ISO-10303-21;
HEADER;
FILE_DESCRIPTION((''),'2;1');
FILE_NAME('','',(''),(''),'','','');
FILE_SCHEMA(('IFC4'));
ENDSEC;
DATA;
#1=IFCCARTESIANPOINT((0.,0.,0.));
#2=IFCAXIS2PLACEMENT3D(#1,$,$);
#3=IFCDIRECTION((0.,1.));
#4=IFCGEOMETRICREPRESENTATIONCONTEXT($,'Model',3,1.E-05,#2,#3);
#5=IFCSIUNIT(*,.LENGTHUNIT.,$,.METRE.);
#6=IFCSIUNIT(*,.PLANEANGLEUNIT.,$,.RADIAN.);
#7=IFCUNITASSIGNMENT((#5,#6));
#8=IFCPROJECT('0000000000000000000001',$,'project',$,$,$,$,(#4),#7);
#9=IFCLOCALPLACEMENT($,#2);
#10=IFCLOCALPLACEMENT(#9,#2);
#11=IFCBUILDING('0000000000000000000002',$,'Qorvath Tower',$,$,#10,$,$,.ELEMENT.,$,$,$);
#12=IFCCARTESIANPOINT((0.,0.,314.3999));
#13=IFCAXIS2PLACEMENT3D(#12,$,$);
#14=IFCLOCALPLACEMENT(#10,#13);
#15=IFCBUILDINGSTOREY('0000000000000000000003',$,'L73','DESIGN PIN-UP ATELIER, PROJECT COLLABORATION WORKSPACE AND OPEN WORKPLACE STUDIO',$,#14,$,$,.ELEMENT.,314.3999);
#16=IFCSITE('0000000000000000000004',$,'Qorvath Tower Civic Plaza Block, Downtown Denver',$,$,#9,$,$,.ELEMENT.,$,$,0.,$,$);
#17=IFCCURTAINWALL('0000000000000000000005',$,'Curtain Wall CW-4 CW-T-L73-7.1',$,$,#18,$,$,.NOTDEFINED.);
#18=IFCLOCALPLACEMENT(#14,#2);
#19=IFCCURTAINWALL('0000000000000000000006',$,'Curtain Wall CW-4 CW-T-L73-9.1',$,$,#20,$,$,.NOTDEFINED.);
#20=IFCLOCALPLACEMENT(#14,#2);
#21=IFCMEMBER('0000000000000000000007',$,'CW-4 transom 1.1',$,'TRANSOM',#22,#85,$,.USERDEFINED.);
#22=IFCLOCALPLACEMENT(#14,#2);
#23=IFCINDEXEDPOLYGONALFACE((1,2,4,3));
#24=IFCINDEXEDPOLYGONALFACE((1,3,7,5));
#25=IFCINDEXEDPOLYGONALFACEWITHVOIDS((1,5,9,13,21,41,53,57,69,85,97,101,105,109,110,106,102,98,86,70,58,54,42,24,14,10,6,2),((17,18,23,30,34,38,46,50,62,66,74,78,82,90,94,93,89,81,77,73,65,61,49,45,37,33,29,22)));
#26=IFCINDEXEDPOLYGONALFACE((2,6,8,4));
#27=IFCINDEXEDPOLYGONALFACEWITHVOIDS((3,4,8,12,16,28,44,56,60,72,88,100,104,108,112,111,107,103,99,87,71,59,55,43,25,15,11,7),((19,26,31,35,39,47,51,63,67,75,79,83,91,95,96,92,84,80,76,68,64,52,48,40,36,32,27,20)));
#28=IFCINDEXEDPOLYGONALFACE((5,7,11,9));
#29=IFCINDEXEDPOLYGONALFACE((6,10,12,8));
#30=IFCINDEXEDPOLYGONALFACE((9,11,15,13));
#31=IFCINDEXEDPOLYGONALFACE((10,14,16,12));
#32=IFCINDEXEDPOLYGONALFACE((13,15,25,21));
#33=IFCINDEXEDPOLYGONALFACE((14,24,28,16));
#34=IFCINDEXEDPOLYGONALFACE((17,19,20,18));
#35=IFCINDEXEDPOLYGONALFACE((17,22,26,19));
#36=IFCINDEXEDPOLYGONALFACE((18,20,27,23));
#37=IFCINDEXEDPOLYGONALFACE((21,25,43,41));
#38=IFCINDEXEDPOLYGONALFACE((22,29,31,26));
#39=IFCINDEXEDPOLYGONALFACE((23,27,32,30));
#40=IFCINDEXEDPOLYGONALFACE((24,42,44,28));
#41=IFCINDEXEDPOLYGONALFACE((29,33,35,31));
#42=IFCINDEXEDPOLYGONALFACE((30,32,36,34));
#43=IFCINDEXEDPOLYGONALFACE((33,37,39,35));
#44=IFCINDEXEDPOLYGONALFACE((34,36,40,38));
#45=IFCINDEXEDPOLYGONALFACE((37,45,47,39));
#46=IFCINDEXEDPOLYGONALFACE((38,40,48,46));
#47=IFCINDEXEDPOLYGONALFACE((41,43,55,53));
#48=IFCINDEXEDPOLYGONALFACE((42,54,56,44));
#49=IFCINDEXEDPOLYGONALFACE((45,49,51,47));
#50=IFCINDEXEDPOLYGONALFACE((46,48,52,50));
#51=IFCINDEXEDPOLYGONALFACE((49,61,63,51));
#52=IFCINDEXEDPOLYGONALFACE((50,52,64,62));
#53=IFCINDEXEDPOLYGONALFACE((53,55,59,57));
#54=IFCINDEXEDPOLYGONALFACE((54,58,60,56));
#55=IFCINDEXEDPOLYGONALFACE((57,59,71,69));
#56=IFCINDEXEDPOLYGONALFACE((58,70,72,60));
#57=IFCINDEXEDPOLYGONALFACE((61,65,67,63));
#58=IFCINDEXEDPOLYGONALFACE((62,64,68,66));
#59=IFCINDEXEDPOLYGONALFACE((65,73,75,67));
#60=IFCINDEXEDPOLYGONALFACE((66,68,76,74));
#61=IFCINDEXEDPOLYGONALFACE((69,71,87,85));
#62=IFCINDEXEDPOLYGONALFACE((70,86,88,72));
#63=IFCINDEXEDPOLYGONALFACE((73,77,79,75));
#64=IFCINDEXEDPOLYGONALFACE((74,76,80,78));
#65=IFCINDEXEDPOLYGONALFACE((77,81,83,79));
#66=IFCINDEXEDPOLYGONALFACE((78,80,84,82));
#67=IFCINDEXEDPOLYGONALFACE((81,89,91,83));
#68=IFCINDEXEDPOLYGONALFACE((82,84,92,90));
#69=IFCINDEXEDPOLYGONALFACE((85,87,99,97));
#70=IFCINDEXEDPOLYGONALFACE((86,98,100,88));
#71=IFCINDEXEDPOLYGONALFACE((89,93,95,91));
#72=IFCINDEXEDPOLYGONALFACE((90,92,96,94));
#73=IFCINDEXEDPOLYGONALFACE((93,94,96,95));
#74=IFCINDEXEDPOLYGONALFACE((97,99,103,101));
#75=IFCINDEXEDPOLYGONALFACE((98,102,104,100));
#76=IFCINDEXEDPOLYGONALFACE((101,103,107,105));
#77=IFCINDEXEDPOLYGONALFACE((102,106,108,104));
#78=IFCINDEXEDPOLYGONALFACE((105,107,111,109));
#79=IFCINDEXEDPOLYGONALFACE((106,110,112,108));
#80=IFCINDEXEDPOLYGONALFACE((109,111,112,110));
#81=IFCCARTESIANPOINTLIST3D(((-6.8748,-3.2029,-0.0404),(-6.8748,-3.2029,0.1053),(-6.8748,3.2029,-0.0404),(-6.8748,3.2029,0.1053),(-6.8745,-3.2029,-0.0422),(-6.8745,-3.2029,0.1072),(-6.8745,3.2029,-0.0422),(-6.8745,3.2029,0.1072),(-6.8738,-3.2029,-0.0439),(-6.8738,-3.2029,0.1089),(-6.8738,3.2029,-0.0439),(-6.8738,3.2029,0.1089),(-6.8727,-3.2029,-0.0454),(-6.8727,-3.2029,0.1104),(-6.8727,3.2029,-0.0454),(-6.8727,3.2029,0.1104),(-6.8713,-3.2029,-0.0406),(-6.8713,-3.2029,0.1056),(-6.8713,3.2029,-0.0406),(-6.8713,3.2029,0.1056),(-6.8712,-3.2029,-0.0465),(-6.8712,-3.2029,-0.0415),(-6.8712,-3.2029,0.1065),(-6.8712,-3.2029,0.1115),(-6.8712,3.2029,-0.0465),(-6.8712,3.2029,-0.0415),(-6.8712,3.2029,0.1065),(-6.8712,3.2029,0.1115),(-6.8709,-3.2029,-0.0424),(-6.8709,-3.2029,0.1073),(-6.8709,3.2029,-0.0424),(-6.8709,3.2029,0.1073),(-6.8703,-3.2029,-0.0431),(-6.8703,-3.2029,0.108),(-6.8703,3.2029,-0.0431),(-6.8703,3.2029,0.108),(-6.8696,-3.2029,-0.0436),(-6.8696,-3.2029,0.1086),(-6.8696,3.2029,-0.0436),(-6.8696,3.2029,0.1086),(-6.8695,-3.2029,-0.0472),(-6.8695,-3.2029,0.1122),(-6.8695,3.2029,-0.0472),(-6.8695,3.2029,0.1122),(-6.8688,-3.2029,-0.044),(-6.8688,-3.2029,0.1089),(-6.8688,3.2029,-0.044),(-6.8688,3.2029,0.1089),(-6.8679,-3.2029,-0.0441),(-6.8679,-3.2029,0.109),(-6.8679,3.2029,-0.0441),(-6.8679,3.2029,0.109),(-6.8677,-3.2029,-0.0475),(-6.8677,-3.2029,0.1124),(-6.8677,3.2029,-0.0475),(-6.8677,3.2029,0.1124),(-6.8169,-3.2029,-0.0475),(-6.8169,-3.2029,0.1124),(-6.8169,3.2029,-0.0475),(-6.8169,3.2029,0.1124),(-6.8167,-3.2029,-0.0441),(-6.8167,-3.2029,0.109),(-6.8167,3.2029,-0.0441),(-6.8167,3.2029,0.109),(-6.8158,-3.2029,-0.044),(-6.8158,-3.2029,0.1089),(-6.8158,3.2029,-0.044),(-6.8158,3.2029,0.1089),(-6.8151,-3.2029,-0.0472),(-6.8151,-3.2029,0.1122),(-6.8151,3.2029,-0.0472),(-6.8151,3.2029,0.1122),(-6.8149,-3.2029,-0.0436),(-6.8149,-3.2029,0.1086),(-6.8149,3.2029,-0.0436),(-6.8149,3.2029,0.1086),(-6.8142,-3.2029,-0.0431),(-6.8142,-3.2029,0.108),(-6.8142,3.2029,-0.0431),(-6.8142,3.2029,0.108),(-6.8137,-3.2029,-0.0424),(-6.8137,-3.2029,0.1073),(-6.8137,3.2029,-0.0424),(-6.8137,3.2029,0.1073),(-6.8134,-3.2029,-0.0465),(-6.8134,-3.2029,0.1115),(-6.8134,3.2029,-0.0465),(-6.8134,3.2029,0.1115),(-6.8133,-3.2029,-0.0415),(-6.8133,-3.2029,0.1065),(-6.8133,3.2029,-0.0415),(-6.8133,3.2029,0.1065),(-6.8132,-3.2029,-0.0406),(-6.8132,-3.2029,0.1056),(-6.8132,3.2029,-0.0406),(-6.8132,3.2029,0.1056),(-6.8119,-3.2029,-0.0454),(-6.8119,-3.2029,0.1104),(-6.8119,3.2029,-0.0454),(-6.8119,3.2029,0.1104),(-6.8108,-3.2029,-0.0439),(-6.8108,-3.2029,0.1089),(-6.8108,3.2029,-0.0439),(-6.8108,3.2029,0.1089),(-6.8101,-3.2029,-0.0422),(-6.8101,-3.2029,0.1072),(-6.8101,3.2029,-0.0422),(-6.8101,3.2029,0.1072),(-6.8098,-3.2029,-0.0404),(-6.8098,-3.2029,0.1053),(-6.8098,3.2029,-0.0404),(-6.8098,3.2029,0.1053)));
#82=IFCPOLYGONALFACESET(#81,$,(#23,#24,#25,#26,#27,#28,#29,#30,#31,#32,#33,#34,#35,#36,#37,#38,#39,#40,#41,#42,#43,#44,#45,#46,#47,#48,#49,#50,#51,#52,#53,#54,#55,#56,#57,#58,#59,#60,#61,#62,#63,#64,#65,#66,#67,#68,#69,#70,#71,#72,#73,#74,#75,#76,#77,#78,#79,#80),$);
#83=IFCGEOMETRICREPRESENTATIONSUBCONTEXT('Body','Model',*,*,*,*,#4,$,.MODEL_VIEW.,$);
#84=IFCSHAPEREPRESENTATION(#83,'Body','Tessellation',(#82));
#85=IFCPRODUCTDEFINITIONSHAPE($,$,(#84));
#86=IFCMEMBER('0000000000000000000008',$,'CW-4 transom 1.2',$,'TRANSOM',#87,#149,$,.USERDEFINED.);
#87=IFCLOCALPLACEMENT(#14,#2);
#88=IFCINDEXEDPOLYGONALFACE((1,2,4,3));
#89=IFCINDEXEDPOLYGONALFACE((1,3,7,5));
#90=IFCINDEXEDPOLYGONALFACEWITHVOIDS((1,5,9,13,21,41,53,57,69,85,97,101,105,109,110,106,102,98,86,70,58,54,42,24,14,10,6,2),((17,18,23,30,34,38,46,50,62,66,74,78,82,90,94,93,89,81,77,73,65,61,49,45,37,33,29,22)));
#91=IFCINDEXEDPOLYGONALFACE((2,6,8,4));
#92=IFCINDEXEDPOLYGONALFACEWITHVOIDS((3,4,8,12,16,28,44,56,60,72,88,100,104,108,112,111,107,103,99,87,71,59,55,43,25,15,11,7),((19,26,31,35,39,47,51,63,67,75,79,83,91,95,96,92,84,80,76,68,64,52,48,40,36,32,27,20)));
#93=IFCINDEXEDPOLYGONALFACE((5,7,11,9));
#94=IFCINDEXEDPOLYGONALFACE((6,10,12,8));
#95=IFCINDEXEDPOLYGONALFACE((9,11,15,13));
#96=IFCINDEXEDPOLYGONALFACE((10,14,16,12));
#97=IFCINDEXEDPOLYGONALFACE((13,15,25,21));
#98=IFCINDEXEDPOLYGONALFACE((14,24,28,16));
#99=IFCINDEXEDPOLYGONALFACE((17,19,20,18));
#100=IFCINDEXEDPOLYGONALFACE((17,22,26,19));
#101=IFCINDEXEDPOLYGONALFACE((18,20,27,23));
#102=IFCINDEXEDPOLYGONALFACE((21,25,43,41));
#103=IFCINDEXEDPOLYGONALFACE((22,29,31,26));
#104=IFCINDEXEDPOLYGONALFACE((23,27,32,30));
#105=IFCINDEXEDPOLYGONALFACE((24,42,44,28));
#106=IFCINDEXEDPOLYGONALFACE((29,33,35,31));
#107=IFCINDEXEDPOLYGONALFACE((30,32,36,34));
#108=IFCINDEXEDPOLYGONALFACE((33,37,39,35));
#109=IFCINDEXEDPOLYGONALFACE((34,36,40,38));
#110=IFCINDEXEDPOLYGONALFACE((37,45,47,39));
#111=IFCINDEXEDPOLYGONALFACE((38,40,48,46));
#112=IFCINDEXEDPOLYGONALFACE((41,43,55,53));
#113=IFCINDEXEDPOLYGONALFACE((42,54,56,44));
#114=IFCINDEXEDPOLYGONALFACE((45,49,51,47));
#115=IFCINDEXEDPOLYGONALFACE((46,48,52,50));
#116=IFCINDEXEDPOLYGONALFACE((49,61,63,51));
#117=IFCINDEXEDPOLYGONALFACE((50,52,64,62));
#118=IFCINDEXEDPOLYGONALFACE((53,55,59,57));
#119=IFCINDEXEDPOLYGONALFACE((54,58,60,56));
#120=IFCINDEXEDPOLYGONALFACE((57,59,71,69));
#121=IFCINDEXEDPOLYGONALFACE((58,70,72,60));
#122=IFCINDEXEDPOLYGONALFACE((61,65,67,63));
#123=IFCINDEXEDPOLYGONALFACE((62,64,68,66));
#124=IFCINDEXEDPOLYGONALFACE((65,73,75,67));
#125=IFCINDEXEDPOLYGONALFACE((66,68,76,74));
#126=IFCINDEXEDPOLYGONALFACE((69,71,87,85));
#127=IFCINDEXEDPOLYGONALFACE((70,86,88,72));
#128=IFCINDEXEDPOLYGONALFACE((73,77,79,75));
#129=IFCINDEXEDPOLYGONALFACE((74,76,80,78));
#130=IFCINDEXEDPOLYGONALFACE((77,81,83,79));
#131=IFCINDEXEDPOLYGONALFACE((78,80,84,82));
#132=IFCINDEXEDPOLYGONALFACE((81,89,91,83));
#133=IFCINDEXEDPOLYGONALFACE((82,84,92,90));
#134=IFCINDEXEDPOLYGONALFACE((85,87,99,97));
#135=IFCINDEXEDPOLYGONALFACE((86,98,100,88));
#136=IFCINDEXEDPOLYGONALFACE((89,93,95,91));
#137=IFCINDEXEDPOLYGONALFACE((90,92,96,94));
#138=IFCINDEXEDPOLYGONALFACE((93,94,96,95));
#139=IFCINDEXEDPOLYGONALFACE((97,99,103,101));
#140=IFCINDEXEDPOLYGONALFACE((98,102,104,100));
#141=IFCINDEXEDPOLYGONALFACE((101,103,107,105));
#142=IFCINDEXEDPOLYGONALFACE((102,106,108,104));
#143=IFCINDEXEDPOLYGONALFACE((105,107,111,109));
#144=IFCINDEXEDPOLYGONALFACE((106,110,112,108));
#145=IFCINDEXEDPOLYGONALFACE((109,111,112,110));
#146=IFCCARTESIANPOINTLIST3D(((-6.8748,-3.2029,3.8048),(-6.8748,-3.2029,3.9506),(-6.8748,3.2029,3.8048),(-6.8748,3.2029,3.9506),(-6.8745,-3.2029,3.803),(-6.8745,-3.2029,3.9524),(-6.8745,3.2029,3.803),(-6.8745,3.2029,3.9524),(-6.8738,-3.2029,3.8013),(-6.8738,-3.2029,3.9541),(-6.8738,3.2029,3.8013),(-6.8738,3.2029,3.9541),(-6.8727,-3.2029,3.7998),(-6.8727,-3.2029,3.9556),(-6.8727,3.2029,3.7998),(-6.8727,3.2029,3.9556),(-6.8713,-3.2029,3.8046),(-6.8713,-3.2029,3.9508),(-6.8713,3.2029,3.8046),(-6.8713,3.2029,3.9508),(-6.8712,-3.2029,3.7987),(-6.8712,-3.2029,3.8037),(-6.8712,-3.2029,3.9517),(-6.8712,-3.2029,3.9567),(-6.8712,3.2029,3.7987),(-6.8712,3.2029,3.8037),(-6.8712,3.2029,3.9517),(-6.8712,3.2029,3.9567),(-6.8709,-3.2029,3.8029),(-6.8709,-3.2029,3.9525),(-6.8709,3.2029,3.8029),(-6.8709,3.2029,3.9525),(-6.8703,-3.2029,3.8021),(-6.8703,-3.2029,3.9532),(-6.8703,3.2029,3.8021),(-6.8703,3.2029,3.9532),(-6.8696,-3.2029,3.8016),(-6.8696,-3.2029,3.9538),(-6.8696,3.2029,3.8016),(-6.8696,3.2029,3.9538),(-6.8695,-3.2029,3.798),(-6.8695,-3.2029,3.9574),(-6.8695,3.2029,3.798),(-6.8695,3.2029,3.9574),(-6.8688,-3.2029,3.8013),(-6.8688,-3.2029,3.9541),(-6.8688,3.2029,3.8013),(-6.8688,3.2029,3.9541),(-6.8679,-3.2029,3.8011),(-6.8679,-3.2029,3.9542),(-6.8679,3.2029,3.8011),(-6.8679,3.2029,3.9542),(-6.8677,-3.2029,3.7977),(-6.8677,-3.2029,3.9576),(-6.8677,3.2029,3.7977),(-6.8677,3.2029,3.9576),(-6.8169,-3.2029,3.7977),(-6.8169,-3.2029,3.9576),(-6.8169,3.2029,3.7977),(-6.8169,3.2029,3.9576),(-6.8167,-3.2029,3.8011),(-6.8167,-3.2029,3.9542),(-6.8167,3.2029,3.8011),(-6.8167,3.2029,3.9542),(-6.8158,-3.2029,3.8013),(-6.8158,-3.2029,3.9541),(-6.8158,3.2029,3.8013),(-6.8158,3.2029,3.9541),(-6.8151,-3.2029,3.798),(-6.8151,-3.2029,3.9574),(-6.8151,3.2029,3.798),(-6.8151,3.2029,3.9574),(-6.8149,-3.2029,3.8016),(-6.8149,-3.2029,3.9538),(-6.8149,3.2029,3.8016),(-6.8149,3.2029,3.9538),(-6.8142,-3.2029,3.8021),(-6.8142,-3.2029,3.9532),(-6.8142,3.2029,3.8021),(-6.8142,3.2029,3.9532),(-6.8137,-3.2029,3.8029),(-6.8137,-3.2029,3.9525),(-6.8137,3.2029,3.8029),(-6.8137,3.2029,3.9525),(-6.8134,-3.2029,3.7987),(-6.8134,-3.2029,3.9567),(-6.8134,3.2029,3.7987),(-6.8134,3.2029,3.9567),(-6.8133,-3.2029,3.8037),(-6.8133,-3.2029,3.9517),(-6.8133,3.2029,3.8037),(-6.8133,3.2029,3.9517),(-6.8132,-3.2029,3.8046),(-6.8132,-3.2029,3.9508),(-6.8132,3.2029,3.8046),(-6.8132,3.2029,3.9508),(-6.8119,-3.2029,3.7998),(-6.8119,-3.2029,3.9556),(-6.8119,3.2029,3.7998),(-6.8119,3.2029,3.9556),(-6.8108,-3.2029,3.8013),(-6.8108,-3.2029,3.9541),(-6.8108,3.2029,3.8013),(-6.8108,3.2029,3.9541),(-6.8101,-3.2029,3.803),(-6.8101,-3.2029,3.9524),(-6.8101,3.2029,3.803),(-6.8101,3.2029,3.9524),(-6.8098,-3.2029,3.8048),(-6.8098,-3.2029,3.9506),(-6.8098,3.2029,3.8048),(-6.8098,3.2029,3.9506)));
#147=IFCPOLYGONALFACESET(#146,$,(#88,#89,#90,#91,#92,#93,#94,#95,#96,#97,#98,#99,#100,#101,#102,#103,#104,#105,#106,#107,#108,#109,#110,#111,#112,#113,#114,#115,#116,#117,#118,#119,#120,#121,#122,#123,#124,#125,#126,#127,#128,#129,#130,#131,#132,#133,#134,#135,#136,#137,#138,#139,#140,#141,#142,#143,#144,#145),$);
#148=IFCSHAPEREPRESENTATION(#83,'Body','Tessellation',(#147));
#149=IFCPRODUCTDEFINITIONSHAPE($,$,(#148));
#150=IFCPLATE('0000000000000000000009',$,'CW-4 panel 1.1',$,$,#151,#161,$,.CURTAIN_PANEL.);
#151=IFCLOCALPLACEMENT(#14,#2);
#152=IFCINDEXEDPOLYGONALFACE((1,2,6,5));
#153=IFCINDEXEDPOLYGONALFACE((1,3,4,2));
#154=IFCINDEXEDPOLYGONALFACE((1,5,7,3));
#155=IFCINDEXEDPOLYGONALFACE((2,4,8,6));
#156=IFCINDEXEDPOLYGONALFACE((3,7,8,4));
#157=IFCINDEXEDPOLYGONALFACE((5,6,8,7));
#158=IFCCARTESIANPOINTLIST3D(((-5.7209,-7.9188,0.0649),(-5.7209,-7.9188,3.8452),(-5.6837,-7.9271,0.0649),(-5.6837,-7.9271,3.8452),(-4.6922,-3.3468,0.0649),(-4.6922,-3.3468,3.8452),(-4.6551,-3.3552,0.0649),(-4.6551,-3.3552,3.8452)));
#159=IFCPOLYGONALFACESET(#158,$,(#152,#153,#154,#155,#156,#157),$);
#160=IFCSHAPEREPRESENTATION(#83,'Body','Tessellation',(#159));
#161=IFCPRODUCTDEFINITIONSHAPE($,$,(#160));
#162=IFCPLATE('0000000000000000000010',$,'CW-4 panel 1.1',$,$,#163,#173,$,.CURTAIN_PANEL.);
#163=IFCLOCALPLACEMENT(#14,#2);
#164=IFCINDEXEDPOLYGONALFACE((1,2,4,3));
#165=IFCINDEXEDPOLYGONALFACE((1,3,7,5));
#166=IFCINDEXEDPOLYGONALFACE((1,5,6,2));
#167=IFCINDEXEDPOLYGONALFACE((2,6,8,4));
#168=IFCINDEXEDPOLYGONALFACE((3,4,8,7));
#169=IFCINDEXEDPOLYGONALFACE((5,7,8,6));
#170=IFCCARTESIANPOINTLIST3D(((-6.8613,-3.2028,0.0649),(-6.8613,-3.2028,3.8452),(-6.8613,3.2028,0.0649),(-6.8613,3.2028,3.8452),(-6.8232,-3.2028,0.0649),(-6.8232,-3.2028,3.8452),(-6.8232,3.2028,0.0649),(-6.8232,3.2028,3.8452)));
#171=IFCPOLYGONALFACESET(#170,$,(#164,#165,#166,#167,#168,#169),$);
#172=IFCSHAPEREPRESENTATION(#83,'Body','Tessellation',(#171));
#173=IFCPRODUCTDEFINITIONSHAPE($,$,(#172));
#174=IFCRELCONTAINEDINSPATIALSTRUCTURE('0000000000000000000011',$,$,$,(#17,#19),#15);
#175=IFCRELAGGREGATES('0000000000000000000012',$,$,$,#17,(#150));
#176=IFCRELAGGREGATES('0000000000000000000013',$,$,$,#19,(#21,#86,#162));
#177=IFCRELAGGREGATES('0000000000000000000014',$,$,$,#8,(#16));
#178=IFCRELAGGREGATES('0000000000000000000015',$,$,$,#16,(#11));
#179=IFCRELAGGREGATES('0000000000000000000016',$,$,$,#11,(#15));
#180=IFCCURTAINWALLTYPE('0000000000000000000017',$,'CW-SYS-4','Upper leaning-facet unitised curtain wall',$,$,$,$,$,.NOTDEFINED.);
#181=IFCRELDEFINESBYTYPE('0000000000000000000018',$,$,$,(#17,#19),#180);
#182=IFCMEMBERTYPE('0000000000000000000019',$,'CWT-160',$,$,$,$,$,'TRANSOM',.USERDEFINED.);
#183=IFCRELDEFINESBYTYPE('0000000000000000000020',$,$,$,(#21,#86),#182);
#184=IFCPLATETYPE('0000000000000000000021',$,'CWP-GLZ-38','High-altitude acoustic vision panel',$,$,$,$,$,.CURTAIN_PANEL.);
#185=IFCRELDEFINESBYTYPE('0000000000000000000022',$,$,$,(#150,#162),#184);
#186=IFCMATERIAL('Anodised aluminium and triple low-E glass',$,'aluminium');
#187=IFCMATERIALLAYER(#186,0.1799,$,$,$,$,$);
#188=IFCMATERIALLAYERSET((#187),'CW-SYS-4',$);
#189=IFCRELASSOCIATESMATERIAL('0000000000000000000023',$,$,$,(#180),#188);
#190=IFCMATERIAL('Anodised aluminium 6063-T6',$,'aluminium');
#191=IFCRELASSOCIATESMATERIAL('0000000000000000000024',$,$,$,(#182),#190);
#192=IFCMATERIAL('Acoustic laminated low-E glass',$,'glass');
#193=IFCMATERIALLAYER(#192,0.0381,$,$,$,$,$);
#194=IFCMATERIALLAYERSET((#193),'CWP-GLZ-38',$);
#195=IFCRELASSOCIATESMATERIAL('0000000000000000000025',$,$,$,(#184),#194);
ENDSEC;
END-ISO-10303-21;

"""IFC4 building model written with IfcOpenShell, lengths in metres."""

from ifc_helpers import new_model, si_unit, direction, frame, origin, origin_2d, place, context, subcontext, project, spatial, rectangle, hollow_rectangle, extrude, material, layer, layer_set, material_profile, profile_set, type_object, element, aggregate, save


model = new_model("IFC4")

# Units and contexts
model_context = context("Model", 3, precision=1e-05, world=origin(), true_north=direction((0.0, 1.0)))
body_context = subcontext(model_context, "Body", "Model", "MODEL_VIEW")
ifc_project = project(units=[si_unit("LENGTHUNIT", "METRE"), si_unit("PLANEANGLEUNIT", "RADIAN")], contexts=[model_context])

# Site, building, storey
site_placement = place(None, origin())
site = spatial("IfcSite", under=ifc_project, at=site_placement, Name="Qorvath Tower Civic Plaza Block, Downtown Denver", CompositionType="ELEMENT", RefElevation=0.0)
building_placement = place(site_placement, origin())
building = spatial("IfcBuilding", under=site, at=building_placement, Name="Qorvath Tower", CompositionType="ELEMENT")
storey_placement = place(building_placement, frame((0.0, 0.0, 314.3999)))
storey = spatial("IfcBuildingStorey", under=building, at=storey_placement, Name="L73", Description="DESIGN PIN-UP ATELIER, PROJECT COLLABORATION WORKSPACE AND OPEN WORKPLACE STUDIO", CompositionType="ELEMENT", Elevation=314.3999)

# Curtain wall
ifc_material_1 = material(Name="Anodised aluminium and triple low-E glass", Category="aluminium")
ifc_layer_1 = layer(ifc_material_1, 0.1799)
ifc_layer_set_1 = layer_set([ifc_layer_1], Name="CW-SYS-4")
curtain_wall_type = type_object("IfcCurtainWallType", Name="CW-SYS-4", Description="Upper leaning-facet unitised curtain wall", PredefinedType="NOTDEFINED", material=ifc_layer_set_1)
curtain_wall_1_placement = place(storey_placement, origin())
curtain_wall_1 = element("IfcCurtainWall", 1, at=curtain_wall_1_placement, inside=storey, type_object=curtain_wall_type, Name="Curtain Wall CW-4 CW-T-L73-7.1", PredefinedType="NOTDEFINED")

# Curtain wall, members
curtain_wall_2_placement = place(storey_placement, origin())
curtain_wall_2 = element("IfcCurtainWall", 2, at=curtain_wall_2_placement, inside=storey, type_object=curtain_wall_type, Name="Curtain Wall CW-4 CW-T-L73-9.1", PredefinedType="NOTDEFINED")
ifc_material_2 = material(Name="Anodised aluminium 6063-T6", Category="aluminium")
ifc_material_profile_1 = material_profile(ifc_material_2, hollow_rectangle(XDim=0.0649, YDim=0.1599, WallThickness=0.0034, InnerFilletRadius=0.0034, OuterFilletRadius=0.0071, at=origin_2d()), Name="CWT 160x65")
ifc_profile_set_1 = profile_set([ifc_material_profile_1], Name="Anodised aluminium 6063-T6")
member_type_1 = type_object("IfcMemberType", Name="CWT-160", ElementType="TRANSOM", PredefinedType="USERDEFINED", material=ifc_profile_set_1)
member_1_placement = place(storey_placement, frame((-6.8423, -3.2029, 0.0325), z_axis=(0.0, 1.0, 0.0), x_axis=(-1.0, 0.0, 0.0)))
member_1 = element("IfcMember", 3, at=member_1_placement, type_object=member_type_1, Name="CW-4 transom 1.1", ObjectType="TRANSOM", PredefinedType="USERDEFINED", context=body_context, shape_type="SweptSolid", body=[
    extrude(hollow_rectangle(XDim=0.0649, YDim=0.1599, WallThickness=0.0034, InnerFilletRadius=0.0034, OuterFilletRadius=0.0071, at=origin_2d()), origin(), (0.0, 0.0, 1.0), 6.4058),
])
member_2_placement = place(storey_placement, frame((-6.8423, -3.2029, 3.8777), z_axis=(0.0, 1.0, 0.0), x_axis=(-1.0, 0.0, 0.0)))
member_2 = element("IfcMember", 4, at=member_2_placement, type_object=member_type_1, Name="CW-4 transom 1.2", ObjectType="TRANSOM", PredefinedType="USERDEFINED", context=body_context, shape_type="SweptSolid", body=[
    extrude(hollow_rectangle(XDim=0.0649, YDim=0.1599, WallThickness=0.0034, InnerFilletRadius=0.0034, OuterFilletRadius=0.0071, at=origin_2d()), origin(), (0.0, 0.0, 1.0), 6.4058),
])

# Plates
ifc_material_3 = material(Name="Acoustic laminated low-E glass", Category="glass")
ifc_layer_2 = layer(ifc_material_3, 0.0381)
ifc_layer_set_2 = layer_set([ifc_layer_2], Name="CWP-GLZ-38")
plate_type = type_object("IfcPlateType", Name="CWP-GLZ-38", Description="High-altitude acoustic vision panel", PredefinedType="CURTAIN_PANEL", material=ifc_layer_set_2)
plate_1_placement = place(storey_placement, frame((-5.188, -5.637, 0.0649), z_axis=(0.0, 0.0, 1.0), x_axis=(0.219509, 0.975611, 0.0)))
plate_1 = element("IfcPlate", 5, at=plate_1_placement, type_object=plate_type, Name="CW-4 panel 1.1", PredefinedType="CURTAIN_PANEL", context=body_context, shape_type="SweptSolid", body=[
    extrude(rectangle(XDim=4.6863, YDim=0.0381, at=origin_2d()), origin(), (0.0, 0.0, 1.0), 3.7803),
])
aggregate(curtain_wall_1, [plate_1])
plate_2_placement = place(storey_placement, frame((-6.8423, 0.0, 0.0649), z_axis=(0.0, 0.0, 1.0), x_axis=(0.0, 1.0, 0.0)))
plate_2 = element("IfcPlate", 6, at=plate_2_placement, type_object=plate_type, Name="CW-4 panel 1.1", PredefinedType="CURTAIN_PANEL", context=body_context, shape_type="SweptSolid", body=[
    extrude(rectangle(XDim=6.4055, YDim=0.0381, at=origin_2d()), origin(), (0.0, 0.0, 1.0), 3.7803),
])
aggregate(curtain_wall_2, [member_1, member_2, plate_2])

save(model, "model.ifc")
